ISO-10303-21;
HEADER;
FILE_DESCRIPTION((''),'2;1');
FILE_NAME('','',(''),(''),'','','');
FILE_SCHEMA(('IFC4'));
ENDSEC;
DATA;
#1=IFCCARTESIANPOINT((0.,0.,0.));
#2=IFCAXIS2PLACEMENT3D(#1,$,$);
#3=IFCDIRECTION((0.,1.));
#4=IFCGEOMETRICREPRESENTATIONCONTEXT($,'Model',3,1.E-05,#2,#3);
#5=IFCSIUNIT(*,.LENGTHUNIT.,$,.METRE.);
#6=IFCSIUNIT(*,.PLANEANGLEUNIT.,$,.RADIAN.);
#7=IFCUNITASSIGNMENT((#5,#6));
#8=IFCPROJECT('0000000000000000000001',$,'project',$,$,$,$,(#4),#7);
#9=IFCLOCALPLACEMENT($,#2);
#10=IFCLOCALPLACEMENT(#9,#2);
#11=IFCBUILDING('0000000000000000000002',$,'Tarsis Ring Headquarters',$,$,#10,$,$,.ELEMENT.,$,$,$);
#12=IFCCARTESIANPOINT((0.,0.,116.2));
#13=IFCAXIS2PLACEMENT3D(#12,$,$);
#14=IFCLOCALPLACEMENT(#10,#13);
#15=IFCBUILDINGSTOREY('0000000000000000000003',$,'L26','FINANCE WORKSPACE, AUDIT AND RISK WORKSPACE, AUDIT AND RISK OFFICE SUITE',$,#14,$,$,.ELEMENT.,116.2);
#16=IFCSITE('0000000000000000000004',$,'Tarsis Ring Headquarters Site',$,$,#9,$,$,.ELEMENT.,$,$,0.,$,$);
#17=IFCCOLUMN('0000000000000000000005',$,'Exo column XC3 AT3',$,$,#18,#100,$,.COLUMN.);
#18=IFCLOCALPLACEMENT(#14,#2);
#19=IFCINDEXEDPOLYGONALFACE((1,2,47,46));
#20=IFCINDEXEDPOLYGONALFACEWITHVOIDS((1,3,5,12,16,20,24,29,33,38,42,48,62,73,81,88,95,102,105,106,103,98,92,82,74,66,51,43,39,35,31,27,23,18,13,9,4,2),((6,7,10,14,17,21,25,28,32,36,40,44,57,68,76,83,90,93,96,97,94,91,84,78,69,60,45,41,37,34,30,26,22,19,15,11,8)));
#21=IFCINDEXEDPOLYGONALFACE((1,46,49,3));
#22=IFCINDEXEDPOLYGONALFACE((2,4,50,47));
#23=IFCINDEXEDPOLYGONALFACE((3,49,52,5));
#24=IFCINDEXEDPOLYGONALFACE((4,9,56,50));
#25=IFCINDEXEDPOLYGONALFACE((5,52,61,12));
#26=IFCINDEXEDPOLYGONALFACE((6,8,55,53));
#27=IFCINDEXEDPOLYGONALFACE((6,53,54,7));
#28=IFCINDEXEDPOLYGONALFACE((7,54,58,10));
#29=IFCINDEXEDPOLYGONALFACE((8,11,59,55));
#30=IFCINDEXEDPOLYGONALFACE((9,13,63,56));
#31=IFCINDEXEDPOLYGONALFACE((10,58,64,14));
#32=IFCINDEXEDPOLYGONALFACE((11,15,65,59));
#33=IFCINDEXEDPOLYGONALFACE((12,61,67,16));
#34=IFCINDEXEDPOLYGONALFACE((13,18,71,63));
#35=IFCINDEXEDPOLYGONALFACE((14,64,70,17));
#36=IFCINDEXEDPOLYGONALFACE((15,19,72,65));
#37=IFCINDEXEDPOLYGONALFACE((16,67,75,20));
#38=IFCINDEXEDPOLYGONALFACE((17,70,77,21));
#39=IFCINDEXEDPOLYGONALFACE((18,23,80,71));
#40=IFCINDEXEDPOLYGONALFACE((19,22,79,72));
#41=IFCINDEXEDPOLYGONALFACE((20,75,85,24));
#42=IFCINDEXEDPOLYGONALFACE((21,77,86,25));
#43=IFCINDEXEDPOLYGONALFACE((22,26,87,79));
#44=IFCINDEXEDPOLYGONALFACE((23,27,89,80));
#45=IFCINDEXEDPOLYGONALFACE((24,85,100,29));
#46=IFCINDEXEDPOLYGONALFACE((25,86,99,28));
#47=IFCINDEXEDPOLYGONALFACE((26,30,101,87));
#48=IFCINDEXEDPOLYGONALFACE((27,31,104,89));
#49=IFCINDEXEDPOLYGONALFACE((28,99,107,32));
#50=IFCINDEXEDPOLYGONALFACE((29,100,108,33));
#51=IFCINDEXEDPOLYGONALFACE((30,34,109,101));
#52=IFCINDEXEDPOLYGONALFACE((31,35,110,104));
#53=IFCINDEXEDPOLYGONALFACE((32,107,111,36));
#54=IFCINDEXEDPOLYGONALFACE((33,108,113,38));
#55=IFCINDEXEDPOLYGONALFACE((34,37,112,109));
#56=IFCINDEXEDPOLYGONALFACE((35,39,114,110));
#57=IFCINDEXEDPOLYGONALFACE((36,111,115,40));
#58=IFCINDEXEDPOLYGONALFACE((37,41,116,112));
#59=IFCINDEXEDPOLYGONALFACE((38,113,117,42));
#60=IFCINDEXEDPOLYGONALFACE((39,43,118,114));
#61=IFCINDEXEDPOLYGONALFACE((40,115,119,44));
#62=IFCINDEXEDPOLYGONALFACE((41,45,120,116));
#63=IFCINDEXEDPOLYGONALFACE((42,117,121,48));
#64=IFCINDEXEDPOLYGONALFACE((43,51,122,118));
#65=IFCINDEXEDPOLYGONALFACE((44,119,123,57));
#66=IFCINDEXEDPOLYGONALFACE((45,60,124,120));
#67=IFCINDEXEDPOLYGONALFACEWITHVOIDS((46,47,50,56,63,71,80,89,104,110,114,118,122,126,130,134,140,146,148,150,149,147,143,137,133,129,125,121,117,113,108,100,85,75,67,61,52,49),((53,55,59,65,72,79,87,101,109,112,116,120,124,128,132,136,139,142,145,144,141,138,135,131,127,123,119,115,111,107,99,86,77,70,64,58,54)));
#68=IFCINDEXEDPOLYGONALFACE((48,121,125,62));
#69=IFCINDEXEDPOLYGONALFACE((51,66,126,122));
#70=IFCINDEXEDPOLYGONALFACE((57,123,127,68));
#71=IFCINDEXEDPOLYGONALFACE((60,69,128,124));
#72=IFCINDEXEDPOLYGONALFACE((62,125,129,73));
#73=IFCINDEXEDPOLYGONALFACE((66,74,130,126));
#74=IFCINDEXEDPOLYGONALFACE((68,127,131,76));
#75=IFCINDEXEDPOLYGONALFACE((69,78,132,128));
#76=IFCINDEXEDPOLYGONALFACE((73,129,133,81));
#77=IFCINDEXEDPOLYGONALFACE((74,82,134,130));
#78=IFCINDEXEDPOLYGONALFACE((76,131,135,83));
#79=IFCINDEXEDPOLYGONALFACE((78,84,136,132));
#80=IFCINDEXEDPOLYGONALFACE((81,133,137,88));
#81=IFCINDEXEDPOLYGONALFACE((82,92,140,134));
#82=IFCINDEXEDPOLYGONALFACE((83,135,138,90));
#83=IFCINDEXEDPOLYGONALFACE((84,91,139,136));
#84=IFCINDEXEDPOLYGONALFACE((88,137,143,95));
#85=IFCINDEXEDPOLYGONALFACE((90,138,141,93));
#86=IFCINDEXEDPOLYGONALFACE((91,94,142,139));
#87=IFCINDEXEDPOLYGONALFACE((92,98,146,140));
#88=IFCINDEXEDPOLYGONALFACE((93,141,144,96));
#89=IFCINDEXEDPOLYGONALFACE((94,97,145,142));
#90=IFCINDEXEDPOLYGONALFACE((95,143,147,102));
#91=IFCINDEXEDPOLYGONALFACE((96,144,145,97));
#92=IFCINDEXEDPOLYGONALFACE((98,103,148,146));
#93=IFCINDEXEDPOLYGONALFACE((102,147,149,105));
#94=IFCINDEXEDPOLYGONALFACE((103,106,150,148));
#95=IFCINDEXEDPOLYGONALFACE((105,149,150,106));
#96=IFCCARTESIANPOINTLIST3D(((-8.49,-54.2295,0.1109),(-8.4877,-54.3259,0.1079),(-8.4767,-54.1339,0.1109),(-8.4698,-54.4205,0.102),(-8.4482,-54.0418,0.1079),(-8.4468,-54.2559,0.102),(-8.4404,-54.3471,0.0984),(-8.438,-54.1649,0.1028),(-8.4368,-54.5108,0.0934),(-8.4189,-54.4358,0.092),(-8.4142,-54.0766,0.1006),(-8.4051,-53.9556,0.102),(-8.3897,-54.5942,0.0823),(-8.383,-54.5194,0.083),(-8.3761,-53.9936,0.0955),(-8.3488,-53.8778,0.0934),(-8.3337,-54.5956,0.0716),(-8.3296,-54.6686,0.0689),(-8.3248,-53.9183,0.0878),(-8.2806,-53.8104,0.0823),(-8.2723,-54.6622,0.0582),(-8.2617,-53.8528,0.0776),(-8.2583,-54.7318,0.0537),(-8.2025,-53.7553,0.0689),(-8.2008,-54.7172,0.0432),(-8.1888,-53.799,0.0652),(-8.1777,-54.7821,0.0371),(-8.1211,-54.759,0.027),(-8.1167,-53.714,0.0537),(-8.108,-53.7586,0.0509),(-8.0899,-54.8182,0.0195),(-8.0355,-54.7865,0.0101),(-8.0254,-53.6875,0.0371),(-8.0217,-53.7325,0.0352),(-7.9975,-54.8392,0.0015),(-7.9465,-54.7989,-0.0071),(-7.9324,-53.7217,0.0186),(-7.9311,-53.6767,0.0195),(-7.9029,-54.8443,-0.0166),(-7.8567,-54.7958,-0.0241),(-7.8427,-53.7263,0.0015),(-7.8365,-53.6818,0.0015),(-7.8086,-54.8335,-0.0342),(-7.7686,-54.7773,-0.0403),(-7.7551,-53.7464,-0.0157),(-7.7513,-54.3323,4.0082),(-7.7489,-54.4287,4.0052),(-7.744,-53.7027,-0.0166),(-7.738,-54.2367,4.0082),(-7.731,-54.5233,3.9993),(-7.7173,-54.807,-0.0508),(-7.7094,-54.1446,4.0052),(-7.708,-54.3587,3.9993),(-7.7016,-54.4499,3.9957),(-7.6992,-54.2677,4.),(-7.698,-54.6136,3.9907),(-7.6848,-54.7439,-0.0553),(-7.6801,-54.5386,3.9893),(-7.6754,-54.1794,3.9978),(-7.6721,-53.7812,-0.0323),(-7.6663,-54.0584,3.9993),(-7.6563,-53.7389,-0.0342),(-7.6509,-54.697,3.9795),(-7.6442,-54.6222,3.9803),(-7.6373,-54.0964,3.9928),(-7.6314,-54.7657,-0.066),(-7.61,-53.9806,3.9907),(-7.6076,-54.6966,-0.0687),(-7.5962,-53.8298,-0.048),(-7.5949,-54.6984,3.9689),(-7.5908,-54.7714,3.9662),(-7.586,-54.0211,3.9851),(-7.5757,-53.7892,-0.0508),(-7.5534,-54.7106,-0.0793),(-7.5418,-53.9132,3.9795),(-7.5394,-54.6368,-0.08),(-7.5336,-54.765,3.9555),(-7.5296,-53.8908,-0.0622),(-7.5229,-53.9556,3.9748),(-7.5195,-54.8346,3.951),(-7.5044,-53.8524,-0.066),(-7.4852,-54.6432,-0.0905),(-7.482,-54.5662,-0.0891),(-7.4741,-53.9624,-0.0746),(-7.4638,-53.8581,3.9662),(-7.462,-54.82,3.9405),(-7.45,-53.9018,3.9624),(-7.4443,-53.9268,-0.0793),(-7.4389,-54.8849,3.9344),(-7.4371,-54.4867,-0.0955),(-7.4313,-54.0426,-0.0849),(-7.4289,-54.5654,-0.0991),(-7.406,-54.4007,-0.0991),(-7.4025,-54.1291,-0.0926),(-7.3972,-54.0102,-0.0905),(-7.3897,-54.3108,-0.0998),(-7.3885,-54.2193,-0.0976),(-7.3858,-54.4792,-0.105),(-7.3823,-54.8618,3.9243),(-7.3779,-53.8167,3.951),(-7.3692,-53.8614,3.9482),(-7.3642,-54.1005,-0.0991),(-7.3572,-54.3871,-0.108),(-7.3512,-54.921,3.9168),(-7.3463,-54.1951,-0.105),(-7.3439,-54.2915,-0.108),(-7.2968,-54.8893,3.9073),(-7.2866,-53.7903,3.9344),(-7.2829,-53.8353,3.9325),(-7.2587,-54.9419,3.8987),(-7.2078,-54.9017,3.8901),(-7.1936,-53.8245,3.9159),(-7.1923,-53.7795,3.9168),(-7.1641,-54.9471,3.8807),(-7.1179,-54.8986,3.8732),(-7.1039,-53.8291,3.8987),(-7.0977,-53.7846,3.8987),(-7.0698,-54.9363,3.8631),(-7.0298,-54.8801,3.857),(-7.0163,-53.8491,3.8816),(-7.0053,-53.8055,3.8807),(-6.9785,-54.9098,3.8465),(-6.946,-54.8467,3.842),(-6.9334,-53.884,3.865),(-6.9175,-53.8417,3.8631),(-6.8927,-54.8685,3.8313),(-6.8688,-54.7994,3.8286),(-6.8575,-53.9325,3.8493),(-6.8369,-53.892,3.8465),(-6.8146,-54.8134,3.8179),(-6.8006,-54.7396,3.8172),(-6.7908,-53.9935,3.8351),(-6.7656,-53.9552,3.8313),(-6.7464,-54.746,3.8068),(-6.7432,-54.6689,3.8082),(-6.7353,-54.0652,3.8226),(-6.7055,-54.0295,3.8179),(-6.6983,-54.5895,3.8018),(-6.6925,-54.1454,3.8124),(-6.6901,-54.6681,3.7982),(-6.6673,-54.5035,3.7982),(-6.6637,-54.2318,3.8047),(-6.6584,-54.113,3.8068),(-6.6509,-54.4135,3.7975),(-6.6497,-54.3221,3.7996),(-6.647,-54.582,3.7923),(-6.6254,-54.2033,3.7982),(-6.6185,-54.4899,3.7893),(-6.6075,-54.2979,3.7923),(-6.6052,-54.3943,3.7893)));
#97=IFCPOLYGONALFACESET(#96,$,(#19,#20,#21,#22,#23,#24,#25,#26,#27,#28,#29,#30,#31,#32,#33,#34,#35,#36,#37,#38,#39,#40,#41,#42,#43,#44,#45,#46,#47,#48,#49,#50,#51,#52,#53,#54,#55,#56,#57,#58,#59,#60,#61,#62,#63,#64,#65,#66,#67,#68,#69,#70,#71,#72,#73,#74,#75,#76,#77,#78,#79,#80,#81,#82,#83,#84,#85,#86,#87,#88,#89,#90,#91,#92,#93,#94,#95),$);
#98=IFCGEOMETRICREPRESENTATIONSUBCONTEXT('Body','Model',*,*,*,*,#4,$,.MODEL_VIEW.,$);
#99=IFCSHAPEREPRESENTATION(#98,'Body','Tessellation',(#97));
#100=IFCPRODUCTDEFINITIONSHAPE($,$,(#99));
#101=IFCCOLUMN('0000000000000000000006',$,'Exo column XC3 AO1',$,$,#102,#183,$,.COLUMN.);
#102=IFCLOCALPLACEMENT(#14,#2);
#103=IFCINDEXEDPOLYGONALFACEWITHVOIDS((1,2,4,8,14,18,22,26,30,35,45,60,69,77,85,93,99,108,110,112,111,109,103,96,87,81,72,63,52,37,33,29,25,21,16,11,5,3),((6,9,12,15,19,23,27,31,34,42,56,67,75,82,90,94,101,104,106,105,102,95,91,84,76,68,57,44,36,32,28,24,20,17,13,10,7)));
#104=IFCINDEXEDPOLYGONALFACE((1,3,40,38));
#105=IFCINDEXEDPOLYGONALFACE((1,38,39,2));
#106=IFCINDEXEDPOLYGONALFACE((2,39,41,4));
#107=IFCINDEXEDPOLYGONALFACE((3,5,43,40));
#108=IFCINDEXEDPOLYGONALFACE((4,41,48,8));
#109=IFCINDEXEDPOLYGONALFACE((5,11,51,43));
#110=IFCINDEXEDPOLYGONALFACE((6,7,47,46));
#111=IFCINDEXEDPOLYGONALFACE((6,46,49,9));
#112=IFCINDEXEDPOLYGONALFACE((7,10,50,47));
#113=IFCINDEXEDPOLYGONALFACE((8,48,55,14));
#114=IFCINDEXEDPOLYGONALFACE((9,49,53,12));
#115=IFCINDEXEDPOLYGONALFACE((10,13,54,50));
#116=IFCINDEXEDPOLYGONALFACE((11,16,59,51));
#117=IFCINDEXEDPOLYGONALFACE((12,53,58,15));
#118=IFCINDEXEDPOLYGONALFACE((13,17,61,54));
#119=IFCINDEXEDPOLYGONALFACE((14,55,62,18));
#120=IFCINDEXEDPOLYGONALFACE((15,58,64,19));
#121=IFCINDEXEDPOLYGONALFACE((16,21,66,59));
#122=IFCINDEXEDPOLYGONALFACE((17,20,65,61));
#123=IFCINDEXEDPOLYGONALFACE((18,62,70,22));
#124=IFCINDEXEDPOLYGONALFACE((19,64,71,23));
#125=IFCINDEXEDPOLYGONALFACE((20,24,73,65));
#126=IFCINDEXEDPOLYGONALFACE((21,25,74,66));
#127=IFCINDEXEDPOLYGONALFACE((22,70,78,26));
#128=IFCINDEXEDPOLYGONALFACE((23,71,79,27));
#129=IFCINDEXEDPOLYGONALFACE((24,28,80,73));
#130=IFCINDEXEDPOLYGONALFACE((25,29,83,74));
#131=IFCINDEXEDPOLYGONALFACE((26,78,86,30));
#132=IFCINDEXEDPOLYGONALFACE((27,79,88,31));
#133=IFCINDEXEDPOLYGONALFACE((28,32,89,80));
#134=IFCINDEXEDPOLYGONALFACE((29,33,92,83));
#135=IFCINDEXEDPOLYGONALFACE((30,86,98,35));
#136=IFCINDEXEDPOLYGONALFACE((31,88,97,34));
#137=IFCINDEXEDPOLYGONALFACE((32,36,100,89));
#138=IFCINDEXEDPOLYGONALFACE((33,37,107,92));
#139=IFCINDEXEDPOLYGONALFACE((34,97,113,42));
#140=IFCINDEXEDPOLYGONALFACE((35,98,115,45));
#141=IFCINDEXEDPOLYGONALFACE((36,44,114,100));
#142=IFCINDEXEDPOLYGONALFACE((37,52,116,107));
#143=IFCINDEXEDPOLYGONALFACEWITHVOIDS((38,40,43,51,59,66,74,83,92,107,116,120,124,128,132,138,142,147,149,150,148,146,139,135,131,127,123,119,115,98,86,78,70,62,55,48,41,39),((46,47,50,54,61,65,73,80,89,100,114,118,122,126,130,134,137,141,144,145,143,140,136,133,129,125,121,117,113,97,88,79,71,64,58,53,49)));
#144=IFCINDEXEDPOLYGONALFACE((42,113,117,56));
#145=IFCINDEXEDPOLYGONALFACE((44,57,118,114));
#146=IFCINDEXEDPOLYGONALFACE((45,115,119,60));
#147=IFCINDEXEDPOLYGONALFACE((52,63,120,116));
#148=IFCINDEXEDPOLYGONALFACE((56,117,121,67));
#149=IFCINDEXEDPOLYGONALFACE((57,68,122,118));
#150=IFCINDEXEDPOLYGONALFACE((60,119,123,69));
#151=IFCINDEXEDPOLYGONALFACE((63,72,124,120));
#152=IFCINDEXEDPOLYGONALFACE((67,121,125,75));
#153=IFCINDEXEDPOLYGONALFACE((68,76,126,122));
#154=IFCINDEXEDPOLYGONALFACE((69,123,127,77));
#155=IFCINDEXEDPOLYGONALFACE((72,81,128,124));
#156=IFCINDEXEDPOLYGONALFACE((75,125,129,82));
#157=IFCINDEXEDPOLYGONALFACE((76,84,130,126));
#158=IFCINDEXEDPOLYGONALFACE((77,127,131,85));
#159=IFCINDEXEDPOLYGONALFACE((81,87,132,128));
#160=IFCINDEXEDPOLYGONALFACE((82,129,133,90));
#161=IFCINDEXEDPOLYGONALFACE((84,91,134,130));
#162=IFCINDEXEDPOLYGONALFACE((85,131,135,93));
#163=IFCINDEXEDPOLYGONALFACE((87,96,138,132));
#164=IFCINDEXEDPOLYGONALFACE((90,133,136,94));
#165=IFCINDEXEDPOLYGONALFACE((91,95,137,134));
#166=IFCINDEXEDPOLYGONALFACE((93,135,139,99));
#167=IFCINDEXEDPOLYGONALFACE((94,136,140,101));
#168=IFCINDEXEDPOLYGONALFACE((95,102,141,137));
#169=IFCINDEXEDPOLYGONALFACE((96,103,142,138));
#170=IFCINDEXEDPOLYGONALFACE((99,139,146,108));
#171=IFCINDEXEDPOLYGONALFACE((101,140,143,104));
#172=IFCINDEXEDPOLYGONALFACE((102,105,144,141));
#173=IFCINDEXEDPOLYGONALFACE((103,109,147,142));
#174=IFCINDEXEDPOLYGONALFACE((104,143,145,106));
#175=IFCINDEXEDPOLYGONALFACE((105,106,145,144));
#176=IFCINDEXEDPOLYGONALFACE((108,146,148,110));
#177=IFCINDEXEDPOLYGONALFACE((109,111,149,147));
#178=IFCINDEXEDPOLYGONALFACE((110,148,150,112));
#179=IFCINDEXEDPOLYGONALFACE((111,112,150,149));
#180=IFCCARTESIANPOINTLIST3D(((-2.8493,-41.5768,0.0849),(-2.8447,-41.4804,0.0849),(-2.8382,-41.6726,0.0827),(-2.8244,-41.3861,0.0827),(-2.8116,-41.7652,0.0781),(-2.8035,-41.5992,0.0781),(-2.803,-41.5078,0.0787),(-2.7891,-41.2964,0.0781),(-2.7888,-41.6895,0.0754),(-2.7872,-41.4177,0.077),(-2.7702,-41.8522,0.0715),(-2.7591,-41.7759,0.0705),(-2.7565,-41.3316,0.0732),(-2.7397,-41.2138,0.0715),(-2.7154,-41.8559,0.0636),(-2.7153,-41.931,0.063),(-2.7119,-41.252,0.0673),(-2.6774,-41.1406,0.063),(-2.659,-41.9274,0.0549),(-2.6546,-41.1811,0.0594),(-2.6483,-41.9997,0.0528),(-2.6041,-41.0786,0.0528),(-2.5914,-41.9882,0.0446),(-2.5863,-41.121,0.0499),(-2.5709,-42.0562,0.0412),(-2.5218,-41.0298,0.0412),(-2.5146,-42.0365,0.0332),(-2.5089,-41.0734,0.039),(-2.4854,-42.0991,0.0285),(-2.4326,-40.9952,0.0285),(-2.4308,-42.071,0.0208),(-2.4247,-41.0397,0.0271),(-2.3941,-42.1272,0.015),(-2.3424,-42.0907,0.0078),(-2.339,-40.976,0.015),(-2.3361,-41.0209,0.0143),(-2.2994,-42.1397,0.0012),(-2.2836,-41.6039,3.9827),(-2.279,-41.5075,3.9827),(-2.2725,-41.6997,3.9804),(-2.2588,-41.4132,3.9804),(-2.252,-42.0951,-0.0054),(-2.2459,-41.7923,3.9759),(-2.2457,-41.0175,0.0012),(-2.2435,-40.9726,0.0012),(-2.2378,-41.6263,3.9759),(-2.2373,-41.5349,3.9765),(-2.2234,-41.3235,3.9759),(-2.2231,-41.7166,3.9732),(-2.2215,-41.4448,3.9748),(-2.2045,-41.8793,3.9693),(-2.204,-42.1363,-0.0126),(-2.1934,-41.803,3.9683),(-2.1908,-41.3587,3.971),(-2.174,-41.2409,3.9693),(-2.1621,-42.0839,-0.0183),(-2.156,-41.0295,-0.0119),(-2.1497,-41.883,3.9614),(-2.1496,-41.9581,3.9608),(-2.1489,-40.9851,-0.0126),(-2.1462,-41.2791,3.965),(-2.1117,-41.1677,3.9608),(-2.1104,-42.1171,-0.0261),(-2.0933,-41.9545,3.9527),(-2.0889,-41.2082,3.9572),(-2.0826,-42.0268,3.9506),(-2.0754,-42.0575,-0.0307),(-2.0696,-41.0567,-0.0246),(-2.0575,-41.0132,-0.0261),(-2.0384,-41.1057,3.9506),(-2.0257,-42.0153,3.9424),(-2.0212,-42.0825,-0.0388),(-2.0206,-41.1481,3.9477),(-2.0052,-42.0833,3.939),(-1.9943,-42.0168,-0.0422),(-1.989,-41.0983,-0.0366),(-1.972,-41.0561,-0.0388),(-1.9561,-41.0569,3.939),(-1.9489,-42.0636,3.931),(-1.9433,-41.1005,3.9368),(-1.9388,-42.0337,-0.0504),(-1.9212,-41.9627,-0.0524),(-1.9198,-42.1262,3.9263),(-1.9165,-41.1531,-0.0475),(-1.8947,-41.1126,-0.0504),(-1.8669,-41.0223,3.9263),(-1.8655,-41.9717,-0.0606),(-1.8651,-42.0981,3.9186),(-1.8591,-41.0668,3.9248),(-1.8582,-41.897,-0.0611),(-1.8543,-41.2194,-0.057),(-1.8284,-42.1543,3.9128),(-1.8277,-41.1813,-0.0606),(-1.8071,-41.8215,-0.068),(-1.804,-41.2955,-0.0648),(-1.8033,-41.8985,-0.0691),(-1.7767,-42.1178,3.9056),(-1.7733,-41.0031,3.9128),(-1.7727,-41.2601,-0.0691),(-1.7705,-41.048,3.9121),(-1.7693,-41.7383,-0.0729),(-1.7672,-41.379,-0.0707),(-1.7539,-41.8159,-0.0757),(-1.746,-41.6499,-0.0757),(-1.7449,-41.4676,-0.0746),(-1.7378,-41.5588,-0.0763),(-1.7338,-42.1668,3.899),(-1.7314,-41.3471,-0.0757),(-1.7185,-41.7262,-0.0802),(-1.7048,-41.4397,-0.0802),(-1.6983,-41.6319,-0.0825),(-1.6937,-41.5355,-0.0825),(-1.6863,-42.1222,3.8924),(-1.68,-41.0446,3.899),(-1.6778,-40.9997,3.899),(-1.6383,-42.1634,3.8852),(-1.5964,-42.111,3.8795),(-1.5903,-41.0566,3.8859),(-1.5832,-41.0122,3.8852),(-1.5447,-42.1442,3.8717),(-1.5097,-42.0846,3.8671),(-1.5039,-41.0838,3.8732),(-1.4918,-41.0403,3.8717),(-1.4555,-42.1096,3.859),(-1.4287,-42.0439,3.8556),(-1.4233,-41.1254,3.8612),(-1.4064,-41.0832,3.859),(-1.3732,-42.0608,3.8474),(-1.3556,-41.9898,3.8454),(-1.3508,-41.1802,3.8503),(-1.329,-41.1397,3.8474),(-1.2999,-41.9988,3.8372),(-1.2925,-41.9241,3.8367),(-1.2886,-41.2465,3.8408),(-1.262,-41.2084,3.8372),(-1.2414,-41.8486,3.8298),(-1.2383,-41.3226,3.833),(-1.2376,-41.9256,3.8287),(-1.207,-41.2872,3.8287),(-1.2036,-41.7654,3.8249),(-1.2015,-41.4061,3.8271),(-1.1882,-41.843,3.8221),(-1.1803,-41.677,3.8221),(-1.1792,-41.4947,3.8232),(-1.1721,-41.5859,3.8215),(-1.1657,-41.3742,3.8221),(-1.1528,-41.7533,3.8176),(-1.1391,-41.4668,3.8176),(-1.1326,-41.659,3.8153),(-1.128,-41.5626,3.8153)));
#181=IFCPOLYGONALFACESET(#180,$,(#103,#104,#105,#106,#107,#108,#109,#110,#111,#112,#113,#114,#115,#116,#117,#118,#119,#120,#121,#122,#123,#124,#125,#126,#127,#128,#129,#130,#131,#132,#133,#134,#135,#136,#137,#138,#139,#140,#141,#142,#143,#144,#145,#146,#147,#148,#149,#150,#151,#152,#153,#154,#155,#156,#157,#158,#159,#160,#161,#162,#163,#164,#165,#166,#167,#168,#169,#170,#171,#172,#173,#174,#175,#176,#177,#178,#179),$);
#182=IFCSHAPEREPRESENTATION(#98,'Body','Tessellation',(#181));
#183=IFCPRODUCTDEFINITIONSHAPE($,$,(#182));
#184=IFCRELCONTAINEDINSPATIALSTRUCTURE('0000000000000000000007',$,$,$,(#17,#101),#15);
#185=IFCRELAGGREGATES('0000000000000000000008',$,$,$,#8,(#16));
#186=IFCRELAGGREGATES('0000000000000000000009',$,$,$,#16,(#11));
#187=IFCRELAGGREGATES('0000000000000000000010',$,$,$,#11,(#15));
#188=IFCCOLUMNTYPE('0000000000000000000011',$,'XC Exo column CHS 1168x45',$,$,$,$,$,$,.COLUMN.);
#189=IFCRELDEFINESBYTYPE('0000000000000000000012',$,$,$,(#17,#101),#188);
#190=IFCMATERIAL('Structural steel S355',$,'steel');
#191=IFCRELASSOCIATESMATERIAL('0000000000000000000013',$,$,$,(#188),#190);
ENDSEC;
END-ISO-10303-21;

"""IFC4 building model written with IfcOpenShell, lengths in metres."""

from ifc_helpers import new_model, si_unit, direction, frame, origin, origin_2d, place, context, subcontext, project, spatial, hollow_circle, extrude, material, material_profile, profile_set, type_object, element, save


model = new_model("IFC4")

# Units and contexts
model_context = context("Model", 3, precision=1e-05, world=origin(), true_north=direction((0.0, 1.0)))
body_context = subcontext(model_context, "Body", "Model", "MODEL_VIEW")
ifc_project = project(units=[si_unit("LENGTHUNIT", "METRE"), si_unit("PLANEANGLEUNIT", "RADIAN")], contexts=[model_context])

# Site, building, storey
site_placement = place(None, origin())
site = spatial("IfcSite", under=ifc_project, at=site_placement, Name="Tarsis Ring Headquarters Site", CompositionType="ELEMENT", RefElevation=0.0)
building_placement = place(site_placement, origin())
building = spatial("IfcBuilding", under=site, at=building_placement, Name="Tarsis Ring Headquarters", CompositionType="ELEMENT")
storey_placement = place(building_placement, frame((0.0, 0.0, 116.2)))
storey = spatial("IfcBuildingStorey", under=building, at=storey_placement, Name="L26", Description="FINANCE WORKSPACE, AUDIT AND RISK WORKSPACE, AUDIT AND RISK OFFICE SUITE", CompositionType="ELEMENT", Elevation=116.2)

# Columns
ifc_material_1 = material(Name="Structural steel S355", Category="steel")
ifc_material_profile_1 = material_profile(ifc_material_1, hollow_circle(Radius=0.5842, WallThickness=0.0449, at=origin_2d()), Name="CHS 1168x45")
ifc_profile_set_1 = profile_set([ifc_material_profile_1], Name="Structural steel S355")
column_type = type_object("IfcColumnType", Name="XC Exo column CHS 1168x45", PredefinedType="COLUMN", material=ifc_profile_set_1)
column_1_placement = place(storey_placement, frame((-7.917, -54.2605, 0.0015), z_axis=(0.186184, -0.025903, 0.982173), x_axis=(0.1378, 0.99046, 0.0)))
element("IfcColumn", 1, at=column_1_placement, inside=storey, type_object=column_type, Name="Exo column XC3 AT3", PredefinedType="COLUMN", context=body_context, shape_type="SweptSolid", body=[
    extrude(hollow_circle(Radius=0.5842, WallThickness=0.0449, at=origin_2d()), origin(), (0.0, 0.0, 1.0), 3.968),
])
column_2_placement = place(storey_placement, frame((-2.2715, -41.5562, 0.0012), z_axis=(0.143622, -0.00688, 0.989609), x_axis=(0.047852, 0.998854, 0.0)))
element("IfcColumn", 2, at=column_2_placement, inside=storey, type_object=column_type, Name="Exo column XC3 AO1", PredefinedType="COLUMN", context=body_context, shape_type="SweptSolid", body=[
    extrude(hollow_circle(Radius=0.5842, WallThickness=0.0449, at=origin_2d()), origin(), (0.0, 0.0, 1.0), 3.9387),
])

save(model, "model.ifc")
